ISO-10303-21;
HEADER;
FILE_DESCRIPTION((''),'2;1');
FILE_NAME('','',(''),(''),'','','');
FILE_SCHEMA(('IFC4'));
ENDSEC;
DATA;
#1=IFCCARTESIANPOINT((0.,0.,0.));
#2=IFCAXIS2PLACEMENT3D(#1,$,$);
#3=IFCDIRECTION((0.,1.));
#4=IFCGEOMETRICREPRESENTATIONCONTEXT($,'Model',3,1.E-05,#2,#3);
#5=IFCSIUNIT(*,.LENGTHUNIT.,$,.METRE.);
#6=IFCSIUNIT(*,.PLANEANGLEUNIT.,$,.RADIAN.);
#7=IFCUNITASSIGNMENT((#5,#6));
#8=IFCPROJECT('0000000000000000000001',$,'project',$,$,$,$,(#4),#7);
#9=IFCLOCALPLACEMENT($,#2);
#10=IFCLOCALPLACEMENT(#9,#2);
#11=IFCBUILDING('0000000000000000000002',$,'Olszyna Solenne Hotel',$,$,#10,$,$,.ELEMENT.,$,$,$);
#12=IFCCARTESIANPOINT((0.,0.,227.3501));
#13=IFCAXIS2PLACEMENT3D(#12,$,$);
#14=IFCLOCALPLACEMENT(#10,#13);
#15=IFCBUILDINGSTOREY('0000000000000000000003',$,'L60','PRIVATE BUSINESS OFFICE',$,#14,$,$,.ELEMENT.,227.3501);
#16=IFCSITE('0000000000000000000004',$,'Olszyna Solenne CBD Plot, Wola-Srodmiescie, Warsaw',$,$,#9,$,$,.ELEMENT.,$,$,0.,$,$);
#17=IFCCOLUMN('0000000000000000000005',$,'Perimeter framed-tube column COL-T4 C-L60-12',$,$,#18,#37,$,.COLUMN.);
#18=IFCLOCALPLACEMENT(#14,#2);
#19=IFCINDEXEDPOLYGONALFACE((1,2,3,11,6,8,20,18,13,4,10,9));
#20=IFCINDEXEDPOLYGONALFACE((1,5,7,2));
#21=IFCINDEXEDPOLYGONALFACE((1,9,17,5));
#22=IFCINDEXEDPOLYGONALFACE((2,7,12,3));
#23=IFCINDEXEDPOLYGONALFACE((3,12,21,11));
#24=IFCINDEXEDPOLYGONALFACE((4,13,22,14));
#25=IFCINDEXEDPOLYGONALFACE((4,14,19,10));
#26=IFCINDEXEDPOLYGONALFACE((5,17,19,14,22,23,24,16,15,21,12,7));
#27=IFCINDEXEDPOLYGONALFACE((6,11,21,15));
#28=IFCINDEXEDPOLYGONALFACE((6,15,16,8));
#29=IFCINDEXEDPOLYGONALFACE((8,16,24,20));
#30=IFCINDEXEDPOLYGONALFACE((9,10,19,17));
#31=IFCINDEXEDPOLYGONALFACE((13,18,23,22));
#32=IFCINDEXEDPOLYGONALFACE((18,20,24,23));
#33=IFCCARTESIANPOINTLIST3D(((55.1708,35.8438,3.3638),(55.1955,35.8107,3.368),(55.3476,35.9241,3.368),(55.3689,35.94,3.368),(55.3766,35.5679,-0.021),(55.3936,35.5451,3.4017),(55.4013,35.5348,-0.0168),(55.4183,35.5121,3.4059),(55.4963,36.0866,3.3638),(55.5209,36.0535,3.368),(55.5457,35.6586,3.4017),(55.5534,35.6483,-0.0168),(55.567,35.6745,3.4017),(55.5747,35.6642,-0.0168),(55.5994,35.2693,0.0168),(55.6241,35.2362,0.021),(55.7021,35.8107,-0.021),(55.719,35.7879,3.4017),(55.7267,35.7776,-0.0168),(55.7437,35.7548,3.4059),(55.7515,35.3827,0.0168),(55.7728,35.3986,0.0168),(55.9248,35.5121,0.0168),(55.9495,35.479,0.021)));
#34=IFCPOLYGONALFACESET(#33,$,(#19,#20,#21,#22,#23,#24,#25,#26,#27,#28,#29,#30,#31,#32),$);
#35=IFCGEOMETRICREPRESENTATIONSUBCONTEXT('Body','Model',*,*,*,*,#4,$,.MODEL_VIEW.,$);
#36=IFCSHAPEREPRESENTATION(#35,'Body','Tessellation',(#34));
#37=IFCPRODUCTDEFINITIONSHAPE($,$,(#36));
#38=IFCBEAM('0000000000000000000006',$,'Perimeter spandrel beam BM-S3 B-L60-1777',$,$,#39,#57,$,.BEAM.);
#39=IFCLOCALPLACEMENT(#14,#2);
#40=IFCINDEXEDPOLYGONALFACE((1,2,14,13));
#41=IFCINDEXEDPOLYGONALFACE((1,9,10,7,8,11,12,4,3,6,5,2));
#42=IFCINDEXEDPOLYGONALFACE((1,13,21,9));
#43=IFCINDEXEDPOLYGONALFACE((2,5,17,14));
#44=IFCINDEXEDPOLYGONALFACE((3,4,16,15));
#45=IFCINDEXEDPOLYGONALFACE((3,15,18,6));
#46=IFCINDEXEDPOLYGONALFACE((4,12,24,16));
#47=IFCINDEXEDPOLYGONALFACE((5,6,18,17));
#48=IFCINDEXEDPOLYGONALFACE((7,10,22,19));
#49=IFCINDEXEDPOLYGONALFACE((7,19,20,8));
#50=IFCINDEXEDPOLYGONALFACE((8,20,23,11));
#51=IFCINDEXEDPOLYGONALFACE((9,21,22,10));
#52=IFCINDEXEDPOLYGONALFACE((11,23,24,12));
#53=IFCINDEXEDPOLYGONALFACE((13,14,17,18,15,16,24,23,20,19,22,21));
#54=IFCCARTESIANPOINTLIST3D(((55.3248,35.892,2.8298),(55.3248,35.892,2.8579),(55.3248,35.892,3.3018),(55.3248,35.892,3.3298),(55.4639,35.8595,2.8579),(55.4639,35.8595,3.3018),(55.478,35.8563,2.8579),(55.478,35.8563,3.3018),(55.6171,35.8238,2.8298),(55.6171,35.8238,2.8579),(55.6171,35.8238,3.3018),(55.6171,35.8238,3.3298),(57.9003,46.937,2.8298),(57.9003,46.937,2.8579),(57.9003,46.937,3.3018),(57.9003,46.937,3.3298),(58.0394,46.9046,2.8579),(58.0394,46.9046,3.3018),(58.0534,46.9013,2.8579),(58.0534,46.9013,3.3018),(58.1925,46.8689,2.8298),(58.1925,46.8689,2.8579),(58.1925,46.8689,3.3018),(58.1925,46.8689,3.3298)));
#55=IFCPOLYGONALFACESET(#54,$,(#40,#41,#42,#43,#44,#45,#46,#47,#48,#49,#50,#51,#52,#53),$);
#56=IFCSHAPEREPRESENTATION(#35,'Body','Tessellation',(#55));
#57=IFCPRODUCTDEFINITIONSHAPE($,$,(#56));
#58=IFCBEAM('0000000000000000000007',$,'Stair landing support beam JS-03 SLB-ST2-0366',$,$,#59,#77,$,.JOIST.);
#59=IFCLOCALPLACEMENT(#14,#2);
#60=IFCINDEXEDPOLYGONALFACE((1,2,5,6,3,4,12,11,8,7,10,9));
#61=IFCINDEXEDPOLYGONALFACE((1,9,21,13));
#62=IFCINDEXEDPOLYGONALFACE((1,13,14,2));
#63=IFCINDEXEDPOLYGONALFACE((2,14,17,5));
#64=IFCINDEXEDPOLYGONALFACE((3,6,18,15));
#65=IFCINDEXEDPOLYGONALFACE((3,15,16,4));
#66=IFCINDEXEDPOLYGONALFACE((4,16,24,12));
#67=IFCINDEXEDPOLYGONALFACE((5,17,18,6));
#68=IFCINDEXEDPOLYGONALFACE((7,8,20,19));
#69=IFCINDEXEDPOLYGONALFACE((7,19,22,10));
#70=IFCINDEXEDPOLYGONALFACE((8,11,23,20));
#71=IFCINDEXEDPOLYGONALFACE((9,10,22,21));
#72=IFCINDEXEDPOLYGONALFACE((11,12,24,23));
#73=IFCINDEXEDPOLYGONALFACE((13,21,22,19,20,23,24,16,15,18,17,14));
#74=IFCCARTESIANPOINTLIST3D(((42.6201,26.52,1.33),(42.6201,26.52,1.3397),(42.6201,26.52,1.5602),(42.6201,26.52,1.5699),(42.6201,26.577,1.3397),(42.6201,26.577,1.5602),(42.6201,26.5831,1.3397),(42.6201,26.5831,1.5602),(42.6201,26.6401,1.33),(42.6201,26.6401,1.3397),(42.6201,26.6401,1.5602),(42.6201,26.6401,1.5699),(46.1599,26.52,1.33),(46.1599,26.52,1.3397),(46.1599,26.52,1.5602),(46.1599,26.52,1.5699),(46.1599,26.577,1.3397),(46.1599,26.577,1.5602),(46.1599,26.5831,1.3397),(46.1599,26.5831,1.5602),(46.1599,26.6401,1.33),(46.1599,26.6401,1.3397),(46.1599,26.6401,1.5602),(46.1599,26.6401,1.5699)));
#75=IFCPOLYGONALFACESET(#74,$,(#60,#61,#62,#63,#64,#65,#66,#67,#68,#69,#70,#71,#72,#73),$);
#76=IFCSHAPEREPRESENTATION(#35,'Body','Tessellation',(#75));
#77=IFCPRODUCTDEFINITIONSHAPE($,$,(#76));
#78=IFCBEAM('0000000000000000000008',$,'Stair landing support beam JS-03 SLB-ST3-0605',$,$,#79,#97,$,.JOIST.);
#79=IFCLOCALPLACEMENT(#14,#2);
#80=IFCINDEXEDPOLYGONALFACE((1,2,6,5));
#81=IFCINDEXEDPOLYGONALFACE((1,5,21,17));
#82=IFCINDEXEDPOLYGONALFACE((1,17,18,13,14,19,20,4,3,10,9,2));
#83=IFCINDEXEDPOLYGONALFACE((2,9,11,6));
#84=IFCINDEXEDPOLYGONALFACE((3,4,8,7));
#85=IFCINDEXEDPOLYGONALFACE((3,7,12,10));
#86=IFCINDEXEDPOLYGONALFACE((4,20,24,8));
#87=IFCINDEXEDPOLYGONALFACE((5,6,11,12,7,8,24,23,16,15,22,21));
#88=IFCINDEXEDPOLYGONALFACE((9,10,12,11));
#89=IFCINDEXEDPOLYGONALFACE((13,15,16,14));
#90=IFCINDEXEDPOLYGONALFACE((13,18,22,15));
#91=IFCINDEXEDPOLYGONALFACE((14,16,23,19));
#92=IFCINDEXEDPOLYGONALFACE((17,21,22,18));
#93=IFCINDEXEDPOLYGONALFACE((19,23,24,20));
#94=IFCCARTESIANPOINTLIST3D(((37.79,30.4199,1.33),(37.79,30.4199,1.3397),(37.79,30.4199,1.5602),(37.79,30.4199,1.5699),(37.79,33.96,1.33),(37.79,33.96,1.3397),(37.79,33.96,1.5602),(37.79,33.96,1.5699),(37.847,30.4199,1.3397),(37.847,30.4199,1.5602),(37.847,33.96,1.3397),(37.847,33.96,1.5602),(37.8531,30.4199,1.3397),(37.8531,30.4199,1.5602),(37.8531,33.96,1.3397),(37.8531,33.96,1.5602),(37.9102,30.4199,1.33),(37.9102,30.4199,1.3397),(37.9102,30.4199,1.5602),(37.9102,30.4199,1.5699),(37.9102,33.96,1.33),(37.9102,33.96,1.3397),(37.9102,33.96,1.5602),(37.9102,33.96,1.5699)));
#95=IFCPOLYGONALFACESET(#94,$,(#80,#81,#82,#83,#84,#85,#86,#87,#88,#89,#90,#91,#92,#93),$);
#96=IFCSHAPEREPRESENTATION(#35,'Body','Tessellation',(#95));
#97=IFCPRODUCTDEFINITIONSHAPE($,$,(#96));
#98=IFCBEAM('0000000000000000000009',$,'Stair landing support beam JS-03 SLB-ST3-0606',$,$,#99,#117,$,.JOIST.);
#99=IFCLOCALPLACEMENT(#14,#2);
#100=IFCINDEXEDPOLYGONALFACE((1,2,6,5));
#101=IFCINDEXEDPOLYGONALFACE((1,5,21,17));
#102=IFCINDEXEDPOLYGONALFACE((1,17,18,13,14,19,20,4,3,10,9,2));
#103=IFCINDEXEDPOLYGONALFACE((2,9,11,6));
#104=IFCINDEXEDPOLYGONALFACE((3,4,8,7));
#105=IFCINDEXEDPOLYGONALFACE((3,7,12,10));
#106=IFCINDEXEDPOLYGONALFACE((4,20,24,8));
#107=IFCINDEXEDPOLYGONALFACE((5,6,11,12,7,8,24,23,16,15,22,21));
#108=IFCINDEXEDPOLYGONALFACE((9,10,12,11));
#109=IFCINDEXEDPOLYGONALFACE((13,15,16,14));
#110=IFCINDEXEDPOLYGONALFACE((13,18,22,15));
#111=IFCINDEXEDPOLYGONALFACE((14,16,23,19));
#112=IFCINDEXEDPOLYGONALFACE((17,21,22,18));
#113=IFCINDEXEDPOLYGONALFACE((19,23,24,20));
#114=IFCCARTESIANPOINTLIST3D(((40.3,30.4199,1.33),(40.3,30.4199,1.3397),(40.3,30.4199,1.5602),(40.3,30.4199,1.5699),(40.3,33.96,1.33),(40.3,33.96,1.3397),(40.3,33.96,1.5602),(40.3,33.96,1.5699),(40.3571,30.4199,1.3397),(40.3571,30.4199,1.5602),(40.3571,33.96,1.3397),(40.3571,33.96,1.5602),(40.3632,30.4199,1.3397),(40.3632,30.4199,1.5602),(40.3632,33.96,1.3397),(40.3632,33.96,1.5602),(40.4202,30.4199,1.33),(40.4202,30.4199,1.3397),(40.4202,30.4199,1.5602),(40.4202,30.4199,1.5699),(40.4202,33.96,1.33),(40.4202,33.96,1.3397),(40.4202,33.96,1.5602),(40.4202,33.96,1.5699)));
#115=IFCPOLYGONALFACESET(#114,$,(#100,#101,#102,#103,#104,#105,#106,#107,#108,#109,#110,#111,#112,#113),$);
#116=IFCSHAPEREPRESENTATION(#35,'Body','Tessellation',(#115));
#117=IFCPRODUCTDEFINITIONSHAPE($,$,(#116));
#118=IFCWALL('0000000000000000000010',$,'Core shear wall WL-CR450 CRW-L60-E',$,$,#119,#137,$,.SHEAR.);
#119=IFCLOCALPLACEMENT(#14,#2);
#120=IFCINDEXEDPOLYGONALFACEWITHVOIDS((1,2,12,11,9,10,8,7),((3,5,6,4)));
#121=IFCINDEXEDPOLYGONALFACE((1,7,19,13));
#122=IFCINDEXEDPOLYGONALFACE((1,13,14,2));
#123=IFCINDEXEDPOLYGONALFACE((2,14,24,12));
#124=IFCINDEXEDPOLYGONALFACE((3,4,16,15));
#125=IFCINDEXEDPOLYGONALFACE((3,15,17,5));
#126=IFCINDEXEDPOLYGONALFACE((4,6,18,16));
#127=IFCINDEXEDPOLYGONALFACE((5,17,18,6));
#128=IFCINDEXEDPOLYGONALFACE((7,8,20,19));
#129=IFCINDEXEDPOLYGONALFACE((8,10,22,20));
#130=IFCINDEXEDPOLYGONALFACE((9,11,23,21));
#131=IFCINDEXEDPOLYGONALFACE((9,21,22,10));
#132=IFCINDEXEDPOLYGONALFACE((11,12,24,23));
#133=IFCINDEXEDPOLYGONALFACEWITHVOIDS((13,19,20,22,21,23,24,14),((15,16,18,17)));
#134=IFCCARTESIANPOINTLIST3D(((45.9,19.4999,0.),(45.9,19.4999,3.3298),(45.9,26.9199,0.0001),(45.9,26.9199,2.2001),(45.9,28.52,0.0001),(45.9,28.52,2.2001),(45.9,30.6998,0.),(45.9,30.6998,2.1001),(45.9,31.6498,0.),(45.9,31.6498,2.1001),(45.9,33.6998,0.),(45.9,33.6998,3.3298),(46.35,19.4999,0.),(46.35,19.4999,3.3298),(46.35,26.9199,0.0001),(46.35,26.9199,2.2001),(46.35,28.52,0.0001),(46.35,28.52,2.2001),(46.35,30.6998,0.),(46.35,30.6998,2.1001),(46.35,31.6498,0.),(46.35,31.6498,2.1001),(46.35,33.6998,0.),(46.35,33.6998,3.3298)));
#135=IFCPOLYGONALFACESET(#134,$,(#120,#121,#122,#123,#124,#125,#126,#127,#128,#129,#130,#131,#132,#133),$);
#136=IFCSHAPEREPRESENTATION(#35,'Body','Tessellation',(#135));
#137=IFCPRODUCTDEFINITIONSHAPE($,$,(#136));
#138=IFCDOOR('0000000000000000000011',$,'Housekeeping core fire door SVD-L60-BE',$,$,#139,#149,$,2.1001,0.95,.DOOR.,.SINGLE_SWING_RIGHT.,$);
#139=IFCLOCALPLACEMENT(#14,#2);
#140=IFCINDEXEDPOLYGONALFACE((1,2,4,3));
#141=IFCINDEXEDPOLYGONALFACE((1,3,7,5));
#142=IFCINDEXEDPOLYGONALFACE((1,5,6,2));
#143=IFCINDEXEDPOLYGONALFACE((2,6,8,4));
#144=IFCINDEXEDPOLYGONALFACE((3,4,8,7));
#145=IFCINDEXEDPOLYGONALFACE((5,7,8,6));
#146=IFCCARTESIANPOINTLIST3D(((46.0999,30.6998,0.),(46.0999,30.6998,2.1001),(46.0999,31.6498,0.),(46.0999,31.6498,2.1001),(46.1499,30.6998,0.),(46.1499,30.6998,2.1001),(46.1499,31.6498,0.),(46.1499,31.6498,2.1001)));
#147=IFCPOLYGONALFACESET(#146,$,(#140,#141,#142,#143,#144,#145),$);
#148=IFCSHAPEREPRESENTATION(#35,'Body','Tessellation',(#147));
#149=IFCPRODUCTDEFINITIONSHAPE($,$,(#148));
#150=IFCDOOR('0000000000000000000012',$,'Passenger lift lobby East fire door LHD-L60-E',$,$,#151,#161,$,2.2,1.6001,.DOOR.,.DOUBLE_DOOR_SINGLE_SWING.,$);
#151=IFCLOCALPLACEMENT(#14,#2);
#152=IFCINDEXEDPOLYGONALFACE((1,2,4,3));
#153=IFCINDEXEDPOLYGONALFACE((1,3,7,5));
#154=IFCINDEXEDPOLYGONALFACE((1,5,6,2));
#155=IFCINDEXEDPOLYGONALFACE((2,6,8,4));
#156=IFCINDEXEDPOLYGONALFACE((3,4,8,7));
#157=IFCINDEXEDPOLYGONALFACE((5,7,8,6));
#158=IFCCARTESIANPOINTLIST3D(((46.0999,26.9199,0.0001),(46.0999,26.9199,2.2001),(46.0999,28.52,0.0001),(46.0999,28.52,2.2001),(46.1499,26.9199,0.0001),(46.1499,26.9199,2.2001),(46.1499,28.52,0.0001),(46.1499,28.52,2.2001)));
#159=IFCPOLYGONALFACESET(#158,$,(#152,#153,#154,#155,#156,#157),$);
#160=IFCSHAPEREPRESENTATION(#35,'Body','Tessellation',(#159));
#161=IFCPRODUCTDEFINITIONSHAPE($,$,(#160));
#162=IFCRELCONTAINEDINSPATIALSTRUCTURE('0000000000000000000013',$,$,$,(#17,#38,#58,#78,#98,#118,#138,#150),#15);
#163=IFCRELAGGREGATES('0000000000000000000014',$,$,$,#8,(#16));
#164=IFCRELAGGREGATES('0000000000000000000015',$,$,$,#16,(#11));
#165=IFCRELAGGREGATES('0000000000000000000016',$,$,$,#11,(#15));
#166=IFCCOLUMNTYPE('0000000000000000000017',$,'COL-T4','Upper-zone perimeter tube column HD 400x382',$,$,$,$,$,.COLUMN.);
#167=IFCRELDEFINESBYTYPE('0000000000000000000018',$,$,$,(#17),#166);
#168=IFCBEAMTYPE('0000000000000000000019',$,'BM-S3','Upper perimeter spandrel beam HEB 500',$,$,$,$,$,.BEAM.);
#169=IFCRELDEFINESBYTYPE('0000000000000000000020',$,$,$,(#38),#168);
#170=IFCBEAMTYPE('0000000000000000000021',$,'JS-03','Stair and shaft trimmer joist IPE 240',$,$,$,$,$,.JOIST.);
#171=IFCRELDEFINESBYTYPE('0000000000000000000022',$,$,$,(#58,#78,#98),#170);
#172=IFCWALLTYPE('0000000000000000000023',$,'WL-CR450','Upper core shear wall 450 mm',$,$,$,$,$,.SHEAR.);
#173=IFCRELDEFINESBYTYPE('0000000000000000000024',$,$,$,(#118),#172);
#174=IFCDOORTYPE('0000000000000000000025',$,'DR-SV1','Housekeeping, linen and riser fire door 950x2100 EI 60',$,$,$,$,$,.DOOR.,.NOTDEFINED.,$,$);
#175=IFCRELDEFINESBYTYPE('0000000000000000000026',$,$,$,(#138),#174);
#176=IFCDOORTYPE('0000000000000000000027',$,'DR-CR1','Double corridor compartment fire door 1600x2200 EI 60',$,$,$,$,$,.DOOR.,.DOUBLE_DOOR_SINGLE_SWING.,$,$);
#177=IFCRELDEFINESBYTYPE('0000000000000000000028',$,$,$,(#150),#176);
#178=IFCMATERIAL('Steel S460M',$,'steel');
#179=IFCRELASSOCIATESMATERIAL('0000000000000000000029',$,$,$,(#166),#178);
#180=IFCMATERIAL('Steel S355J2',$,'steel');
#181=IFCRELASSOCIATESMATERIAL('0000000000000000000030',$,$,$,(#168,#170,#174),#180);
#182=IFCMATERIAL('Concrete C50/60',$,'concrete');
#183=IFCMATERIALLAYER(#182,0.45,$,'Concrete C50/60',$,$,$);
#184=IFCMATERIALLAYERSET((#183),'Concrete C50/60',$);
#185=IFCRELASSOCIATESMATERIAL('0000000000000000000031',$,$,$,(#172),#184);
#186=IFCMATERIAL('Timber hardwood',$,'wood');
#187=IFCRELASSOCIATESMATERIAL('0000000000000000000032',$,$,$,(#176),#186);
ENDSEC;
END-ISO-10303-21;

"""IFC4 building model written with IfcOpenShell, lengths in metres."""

from ifc_helpers import new_model, si_unit, direction, frame, frame_2d, origin, origin_2d, place, context, subcontext, project, spatial, rectangle, i_section, extrude, source, transform, mapped, material, layer, layer_set, material_profile, profile_set, type_object, type_shapes, element, fill, save


model = new_model("IFC4")

# Units and contexts
model_context = context("Model", 3, precision=1e-05, world=origin(), true_north=direction((0.0, 1.0)))
body_context = subcontext(model_context, "Body", "Model", "MODEL_VIEW")
ifc_project = project(units=[si_unit("LENGTHUNIT", "METRE"), si_unit("PLANEANGLEUNIT", "RADIAN")], contexts=[model_context])

# Site, building, storey
site_placement = place(None, origin())
site = spatial("IfcSite", under=ifc_project, at=site_placement, Name="Olszyna Solenne CBD Plot, Wola-Srodmiescie, Warsaw", CompositionType="ELEMENT", RefElevation=0.0)
building_placement = place(site_placement, origin())
building = spatial("IfcBuilding", under=site, at=building_placement, Name="Olszyna Solenne Hotel", CompositionType="ELEMENT")
storey_placement = place(building_placement, frame((0.0, 0.0, 227.3501)))
storey = spatial("IfcBuildingStorey", under=building, at=storey_placement, Name="L60", Description="PRIVATE BUSINESS OFFICE", CompositionType="ELEMENT", Elevation=227.3501)

# Column
ifc_material_1 = material(Name="Steel S460M", Category="steel")
ifc_material_profile_1 = material_profile(ifc_material_1, i_section(OverallWidth=0.406, OverallDepth=0.416, WebThickness=0.0266, FlangeThickness=0.0415, at=origin_2d()), Name="HD 400x382", Category="load-bearing")
ifc_profile_set_1 = profile_set([ifc_material_profile_1], Name="Steel S460M")
column_type = type_object("IfcColumnType", Name="COL-T4", Description="Upper-zone perimeter tube column HD 400x382", PredefinedType="COLUMN", material=ifc_profile_set_1)
shared_shape_1 = source(origin(), body_context, "Body", "SweptSolid", [
    extrude(i_section(OverallWidth=0.406, OverallDepth=0.416, WebThickness=0.0266, FlangeThickness=0.0415, at=origin_2d()), origin(), (0.0, 0.0, 1.0), 3.4023),
])
column_placement = place(storey_placement, frame((55.6631, 35.5234, 0.0), z_axis=(-0.060489, 0.081082, 0.99487), x_axis=(-0.80153, -0.597955, 0.0)))
element("IfcColumn", 1, at=column_placement, inside=storey, type_object=column_type, Name="Perimeter framed-tube column COL-T4 C-L60-12", PredefinedType="COLUMN", context=body_context, shape_type="MappedRepresentation", body=[
    mapped(shared_shape_1, transform((0.0, 0.0, 0.0), x_axis=(1.0, 0.0, 0.0), y_axis=(0.0, 1.0, 0.0), z_axis=(0.0, 0.0, 1.0), scale=1.0)),
])

# Beams
ifc_material_2 = material(Name="Steel S355J2", Category="steel")
ifc_material_profile_2 = material_profile(ifc_material_2, i_section(OverallWidth=0.3, OverallDepth=0.5, WebThickness=0.0144, FlangeThickness=0.0281, at=origin_2d()), Name="HEB 500", Category="load-bearing")
ifc_profile_set_2 = profile_set([ifc_material_profile_2], Name="Steel S355J2")
beam_type_1 = type_object("IfcBeamType", Name="BM-S3", Description="Upper perimeter spandrel beam HEB 500", PredefinedType="BEAM", material=ifc_profile_set_2)
shared_shape_2 = source(origin(), body_context, "Body", "SweptSolid", [
    extrude(i_section(OverallWidth=0.3, OverallDepth=0.5, WebThickness=0.0144, FlangeThickness=0.0281, at=origin_2d()), origin(), (0.0, 0.0, 1.0), 11.3413),
])
beam_1_placement = place(storey_placement, frame((55.4709, 35.8579, 3.0798), z_axis=(0.227087, 0.973875, 0.0), x_axis=(-0.973875, 0.227087, 0.0)))
element("IfcBeam", 2, at=beam_1_placement, inside=storey, type_object=beam_type_1, Name="Perimeter spandrel beam BM-S3 B-L60-1777", PredefinedType="BEAM", context=body_context, shape_type="MappedRepresentation", body=[
    mapped(shared_shape_2, transform((0.0, 0.0, 0.0), x_axis=(1.0, 0.0, 0.0), y_axis=(0.0, 1.0, 0.0), z_axis=(0.0, 0.0, 1.0), scale=1.0)),
])
ifc_material_profile_3 = material_profile(ifc_material_2, i_section(OverallWidth=0.1201, OverallDepth=0.24, WebThickness=0.0061, FlangeThickness=0.0098, at=origin_2d()), Name="IPE 240", Category="load-bearing")
ifc_profile_set_3 = profile_set([ifc_material_profile_3], Name="Steel S355J2")
beam_type_2 = type_object("IfcBeamType", Name="JS-03", Description="Stair and shaft trimmer joist IPE 240", PredefinedType="JOIST", material=ifc_profile_set_3)
shared_shape_3 = source(origin(), body_context, "Body", "SweptSolid", [
    extrude(i_section(OverallWidth=0.1201, OverallDepth=0.24, WebThickness=0.0061, FlangeThickness=0.0098, at=origin_2d()), origin(), (0.0, 0.0, 1.0), 3.5398),
])
beam_2_placement = place(storey_placement, frame((46.1599, 26.5801, 1.45), z_axis=(-1.0, 0.0, 0.0), x_axis=(0.0, -1.0, 0.0)))
element("IfcBeam", 3, at=beam_2_placement, inside=storey, type_object=beam_type_2, Name="Stair landing support beam JS-03 SLB-ST2-0366", PredefinedType="JOIST", context=body_context, shape_type="MappedRepresentation", body=[
    mapped(shared_shape_3, transform((0.0, 0.0, 0.0), x_axis=(1.0, 0.0, 0.0), y_axis=(0.0, 1.0, 0.0), z_axis=(0.0, 0.0, 1.0), scale=1.0)),
])
shared_shape_4 = source(origin(), body_context, "Body", "SweptSolid", [
    extrude(i_section(OverallWidth=0.1201, OverallDepth=0.24, WebThickness=0.0061, FlangeThickness=0.0098, at=origin_2d()), origin(), (0.0, 0.0, 1.0), 3.54),
])
for number, where, z_axis, x_axis, name in (
    (4, (37.8501, 30.4199, 1.45), (0.0, 1.0, 0.0), (-1.0, 0.0, 0.0), "Stair landing support beam JS-03 SLB-ST3-0605"),
    (5, (40.3601, 30.4199, 1.45), (0.0, 1.0, 0.0), (-1.0, 0.0, 0.0), "Stair landing support beam JS-03 SLB-ST3-0606"),
):
    element("IfcBeam", number, at=place(storey_placement, frame(where, z_axis=z_axis, x_axis=x_axis)), inside=storey, type_object=beam_type_2, Name=name, PredefinedType="JOIST", context=body_context, shape_type="MappedRepresentation", body=[
        mapped(shared_shape_4, transform((0.0, 0.0, 0.0), x_axis=(1.0, 0.0, 0.0), y_axis=(0.0, 1.0, 0.0), z_axis=(0.0, 0.0, 1.0), scale=1.0)),
    ])

# Wall, openings, doors
ifc_material_3 = material(Name="Concrete C50/60", Category="concrete")
ifc_layer_1 = layer(ifc_material_3, 0.45, Name="Concrete C50/60")
ifc_layer_set_1 = layer_set([ifc_layer_1], Name="Concrete C50/60")
wall_type_1 = type_object("IfcWallType", Name="WL-CR450", Description="Upper core shear wall 450 mm", PredefinedType="SHEAR", material=ifc_layer_set_1)
wall_1_placement = place(storey_placement, frame((46.125, 33.7, 0.0), z_axis=(0.0, 0.0, 1.0), x_axis=(0.0, -1.0, 0.0)))
wall_1 = element("IfcWall", 6, at=wall_1_placement, inside=storey, type_object=wall_type_1, Name="Core shear wall WL-CR450 CRW-L60-E", PredefinedType="SHEAR", context=body_context, shape_type="SweptSolid", body=[
    extrude(rectangle(XDim=14.2, YDim=0.45, at=frame_2d((7.1001, 0.0))), origin(), (0.0, 0.0, 1.0), 3.3298),
])
opening_1_placement = place(wall_1_placement, frame((5.1799, 0.0, 0.0)))
opening_1 = element("IfcOpeningElement", 7, at=opening_1_placement, cuts=wall_1, PredefinedType="OPENING", context=body_context, shape_type="SweptSolid", body=[
    extrude(rectangle(XDim=1.6001, YDim=2.2, at=frame_2d((0.8, 1.1001))), frame((0.0, 0.2349, 0.0), z_axis=(0.0, -1.0, 0.0), x_axis=(1.0, 0.0, 0.0)), (0.0, 0.0, 1.0), 0.47),
])
opening_2_placement = place(wall_1_placement, frame((2.05, 0.0, 0.0)))
opening_2 = element("IfcOpeningElement", 8, at=opening_2_placement, cuts=wall_1, PredefinedType="OPENING", context=body_context, shape_type="SweptSolid", body=[
    extrude(rectangle(XDim=0.95, YDim=2.1001, at=frame_2d((0.4751, 1.05))), frame((0.0, 0.2349, 0.0), z_axis=(0.0, -1.0, 0.0), x_axis=(1.0, 0.0, 0.0)), (0.0, 0.0, 1.0), 0.47),
])
door_type_1 = type_object("IfcDoorType", Name="DR-SV1", Description="Housekeeping, linen and riser fire door 950x2100 EI 60", OperationType="NOTDEFINED", PredefinedType="DOOR", material=ifc_material_2)
shared_shape_5 = source(origin(), body_context, "Body", "SweptSolid", [
    extrude(rectangle(XDim=0.95, YDim=2.1001, at=frame_2d((0.4751, 1.05))), frame((0.0, 0.0249, 0.0), z_axis=(0.0, -1.0, 0.0), x_axis=(1.0, 0.0, 0.0)), (0.0, 0.0, 1.0), 0.05),
])
type_shapes(door_type_1, [shared_shape_5])
door_1_placement = place(opening_2_placement, origin())
door_1 = element("IfcDoor", 9, at=door_1_placement, inside=storey, type_object=door_type_1, Name="Housekeeping core fire door SVD-L60-BE", OperationType="SINGLE_SWING_RIGHT", OverallHeight=2.1001, OverallWidth=0.95, PredefinedType="DOOR", context=body_context, shape_type="MappedRepresentation", body=[
    mapped(shared_shape_5, transform((0.0, 0.0, 0.0), x_axis=(1.0, 0.0, 0.0), y_axis=(0.0, 1.0, 0.0), z_axis=(0.0, 0.0, 1.0), scale=1.0)),
])
fill(opening_2, door_1)
ifc_material_4 = material(Name="Timber hardwood", Category="wood")
door_type_2 = type_object("IfcDoorType", Name="DR-CR1", Description="Double corridor compartment fire door 1600x2200 EI 60", OperationType="DOUBLE_DOOR_SINGLE_SWING", PredefinedType="DOOR", material=ifc_material_4)
shared_shape_6 = source(origin(), body_context, "Body", "SweptSolid", [
    extrude(rectangle(XDim=1.6001, YDim=2.2, at=frame_2d((0.8, 1.1001))), frame((0.0, 0.0249, 0.0), z_axis=(0.0, -1.0, 0.0), x_axis=(1.0, 0.0, 0.0)), (0.0, 0.0, 1.0), 0.05),
])
type_shapes(door_type_2, [shared_shape_6])
door_2_placement = place(opening_1_placement, origin())
door_2 = element("IfcDoor", 10, at=door_2_placement, inside=storey, type_object=door_type_2, Name="Passenger lift lobby East fire door LHD-L60-E", OperationType="DOUBLE_DOOR_SINGLE_SWING", OverallHeight=2.2, OverallWidth=1.6001, PredefinedType="DOOR", context=body_context, shape_type="MappedRepresentation", body=[
    mapped(shared_shape_6, transform((0.0, 0.0, 0.0), x_axis=(1.0, 0.0, 0.0), y_axis=(0.0, 1.0, 0.0), z_axis=(0.0, 0.0, 1.0), scale=1.0)),
])
fill(opening_1, door_2)

save(model, "model.ifc")
